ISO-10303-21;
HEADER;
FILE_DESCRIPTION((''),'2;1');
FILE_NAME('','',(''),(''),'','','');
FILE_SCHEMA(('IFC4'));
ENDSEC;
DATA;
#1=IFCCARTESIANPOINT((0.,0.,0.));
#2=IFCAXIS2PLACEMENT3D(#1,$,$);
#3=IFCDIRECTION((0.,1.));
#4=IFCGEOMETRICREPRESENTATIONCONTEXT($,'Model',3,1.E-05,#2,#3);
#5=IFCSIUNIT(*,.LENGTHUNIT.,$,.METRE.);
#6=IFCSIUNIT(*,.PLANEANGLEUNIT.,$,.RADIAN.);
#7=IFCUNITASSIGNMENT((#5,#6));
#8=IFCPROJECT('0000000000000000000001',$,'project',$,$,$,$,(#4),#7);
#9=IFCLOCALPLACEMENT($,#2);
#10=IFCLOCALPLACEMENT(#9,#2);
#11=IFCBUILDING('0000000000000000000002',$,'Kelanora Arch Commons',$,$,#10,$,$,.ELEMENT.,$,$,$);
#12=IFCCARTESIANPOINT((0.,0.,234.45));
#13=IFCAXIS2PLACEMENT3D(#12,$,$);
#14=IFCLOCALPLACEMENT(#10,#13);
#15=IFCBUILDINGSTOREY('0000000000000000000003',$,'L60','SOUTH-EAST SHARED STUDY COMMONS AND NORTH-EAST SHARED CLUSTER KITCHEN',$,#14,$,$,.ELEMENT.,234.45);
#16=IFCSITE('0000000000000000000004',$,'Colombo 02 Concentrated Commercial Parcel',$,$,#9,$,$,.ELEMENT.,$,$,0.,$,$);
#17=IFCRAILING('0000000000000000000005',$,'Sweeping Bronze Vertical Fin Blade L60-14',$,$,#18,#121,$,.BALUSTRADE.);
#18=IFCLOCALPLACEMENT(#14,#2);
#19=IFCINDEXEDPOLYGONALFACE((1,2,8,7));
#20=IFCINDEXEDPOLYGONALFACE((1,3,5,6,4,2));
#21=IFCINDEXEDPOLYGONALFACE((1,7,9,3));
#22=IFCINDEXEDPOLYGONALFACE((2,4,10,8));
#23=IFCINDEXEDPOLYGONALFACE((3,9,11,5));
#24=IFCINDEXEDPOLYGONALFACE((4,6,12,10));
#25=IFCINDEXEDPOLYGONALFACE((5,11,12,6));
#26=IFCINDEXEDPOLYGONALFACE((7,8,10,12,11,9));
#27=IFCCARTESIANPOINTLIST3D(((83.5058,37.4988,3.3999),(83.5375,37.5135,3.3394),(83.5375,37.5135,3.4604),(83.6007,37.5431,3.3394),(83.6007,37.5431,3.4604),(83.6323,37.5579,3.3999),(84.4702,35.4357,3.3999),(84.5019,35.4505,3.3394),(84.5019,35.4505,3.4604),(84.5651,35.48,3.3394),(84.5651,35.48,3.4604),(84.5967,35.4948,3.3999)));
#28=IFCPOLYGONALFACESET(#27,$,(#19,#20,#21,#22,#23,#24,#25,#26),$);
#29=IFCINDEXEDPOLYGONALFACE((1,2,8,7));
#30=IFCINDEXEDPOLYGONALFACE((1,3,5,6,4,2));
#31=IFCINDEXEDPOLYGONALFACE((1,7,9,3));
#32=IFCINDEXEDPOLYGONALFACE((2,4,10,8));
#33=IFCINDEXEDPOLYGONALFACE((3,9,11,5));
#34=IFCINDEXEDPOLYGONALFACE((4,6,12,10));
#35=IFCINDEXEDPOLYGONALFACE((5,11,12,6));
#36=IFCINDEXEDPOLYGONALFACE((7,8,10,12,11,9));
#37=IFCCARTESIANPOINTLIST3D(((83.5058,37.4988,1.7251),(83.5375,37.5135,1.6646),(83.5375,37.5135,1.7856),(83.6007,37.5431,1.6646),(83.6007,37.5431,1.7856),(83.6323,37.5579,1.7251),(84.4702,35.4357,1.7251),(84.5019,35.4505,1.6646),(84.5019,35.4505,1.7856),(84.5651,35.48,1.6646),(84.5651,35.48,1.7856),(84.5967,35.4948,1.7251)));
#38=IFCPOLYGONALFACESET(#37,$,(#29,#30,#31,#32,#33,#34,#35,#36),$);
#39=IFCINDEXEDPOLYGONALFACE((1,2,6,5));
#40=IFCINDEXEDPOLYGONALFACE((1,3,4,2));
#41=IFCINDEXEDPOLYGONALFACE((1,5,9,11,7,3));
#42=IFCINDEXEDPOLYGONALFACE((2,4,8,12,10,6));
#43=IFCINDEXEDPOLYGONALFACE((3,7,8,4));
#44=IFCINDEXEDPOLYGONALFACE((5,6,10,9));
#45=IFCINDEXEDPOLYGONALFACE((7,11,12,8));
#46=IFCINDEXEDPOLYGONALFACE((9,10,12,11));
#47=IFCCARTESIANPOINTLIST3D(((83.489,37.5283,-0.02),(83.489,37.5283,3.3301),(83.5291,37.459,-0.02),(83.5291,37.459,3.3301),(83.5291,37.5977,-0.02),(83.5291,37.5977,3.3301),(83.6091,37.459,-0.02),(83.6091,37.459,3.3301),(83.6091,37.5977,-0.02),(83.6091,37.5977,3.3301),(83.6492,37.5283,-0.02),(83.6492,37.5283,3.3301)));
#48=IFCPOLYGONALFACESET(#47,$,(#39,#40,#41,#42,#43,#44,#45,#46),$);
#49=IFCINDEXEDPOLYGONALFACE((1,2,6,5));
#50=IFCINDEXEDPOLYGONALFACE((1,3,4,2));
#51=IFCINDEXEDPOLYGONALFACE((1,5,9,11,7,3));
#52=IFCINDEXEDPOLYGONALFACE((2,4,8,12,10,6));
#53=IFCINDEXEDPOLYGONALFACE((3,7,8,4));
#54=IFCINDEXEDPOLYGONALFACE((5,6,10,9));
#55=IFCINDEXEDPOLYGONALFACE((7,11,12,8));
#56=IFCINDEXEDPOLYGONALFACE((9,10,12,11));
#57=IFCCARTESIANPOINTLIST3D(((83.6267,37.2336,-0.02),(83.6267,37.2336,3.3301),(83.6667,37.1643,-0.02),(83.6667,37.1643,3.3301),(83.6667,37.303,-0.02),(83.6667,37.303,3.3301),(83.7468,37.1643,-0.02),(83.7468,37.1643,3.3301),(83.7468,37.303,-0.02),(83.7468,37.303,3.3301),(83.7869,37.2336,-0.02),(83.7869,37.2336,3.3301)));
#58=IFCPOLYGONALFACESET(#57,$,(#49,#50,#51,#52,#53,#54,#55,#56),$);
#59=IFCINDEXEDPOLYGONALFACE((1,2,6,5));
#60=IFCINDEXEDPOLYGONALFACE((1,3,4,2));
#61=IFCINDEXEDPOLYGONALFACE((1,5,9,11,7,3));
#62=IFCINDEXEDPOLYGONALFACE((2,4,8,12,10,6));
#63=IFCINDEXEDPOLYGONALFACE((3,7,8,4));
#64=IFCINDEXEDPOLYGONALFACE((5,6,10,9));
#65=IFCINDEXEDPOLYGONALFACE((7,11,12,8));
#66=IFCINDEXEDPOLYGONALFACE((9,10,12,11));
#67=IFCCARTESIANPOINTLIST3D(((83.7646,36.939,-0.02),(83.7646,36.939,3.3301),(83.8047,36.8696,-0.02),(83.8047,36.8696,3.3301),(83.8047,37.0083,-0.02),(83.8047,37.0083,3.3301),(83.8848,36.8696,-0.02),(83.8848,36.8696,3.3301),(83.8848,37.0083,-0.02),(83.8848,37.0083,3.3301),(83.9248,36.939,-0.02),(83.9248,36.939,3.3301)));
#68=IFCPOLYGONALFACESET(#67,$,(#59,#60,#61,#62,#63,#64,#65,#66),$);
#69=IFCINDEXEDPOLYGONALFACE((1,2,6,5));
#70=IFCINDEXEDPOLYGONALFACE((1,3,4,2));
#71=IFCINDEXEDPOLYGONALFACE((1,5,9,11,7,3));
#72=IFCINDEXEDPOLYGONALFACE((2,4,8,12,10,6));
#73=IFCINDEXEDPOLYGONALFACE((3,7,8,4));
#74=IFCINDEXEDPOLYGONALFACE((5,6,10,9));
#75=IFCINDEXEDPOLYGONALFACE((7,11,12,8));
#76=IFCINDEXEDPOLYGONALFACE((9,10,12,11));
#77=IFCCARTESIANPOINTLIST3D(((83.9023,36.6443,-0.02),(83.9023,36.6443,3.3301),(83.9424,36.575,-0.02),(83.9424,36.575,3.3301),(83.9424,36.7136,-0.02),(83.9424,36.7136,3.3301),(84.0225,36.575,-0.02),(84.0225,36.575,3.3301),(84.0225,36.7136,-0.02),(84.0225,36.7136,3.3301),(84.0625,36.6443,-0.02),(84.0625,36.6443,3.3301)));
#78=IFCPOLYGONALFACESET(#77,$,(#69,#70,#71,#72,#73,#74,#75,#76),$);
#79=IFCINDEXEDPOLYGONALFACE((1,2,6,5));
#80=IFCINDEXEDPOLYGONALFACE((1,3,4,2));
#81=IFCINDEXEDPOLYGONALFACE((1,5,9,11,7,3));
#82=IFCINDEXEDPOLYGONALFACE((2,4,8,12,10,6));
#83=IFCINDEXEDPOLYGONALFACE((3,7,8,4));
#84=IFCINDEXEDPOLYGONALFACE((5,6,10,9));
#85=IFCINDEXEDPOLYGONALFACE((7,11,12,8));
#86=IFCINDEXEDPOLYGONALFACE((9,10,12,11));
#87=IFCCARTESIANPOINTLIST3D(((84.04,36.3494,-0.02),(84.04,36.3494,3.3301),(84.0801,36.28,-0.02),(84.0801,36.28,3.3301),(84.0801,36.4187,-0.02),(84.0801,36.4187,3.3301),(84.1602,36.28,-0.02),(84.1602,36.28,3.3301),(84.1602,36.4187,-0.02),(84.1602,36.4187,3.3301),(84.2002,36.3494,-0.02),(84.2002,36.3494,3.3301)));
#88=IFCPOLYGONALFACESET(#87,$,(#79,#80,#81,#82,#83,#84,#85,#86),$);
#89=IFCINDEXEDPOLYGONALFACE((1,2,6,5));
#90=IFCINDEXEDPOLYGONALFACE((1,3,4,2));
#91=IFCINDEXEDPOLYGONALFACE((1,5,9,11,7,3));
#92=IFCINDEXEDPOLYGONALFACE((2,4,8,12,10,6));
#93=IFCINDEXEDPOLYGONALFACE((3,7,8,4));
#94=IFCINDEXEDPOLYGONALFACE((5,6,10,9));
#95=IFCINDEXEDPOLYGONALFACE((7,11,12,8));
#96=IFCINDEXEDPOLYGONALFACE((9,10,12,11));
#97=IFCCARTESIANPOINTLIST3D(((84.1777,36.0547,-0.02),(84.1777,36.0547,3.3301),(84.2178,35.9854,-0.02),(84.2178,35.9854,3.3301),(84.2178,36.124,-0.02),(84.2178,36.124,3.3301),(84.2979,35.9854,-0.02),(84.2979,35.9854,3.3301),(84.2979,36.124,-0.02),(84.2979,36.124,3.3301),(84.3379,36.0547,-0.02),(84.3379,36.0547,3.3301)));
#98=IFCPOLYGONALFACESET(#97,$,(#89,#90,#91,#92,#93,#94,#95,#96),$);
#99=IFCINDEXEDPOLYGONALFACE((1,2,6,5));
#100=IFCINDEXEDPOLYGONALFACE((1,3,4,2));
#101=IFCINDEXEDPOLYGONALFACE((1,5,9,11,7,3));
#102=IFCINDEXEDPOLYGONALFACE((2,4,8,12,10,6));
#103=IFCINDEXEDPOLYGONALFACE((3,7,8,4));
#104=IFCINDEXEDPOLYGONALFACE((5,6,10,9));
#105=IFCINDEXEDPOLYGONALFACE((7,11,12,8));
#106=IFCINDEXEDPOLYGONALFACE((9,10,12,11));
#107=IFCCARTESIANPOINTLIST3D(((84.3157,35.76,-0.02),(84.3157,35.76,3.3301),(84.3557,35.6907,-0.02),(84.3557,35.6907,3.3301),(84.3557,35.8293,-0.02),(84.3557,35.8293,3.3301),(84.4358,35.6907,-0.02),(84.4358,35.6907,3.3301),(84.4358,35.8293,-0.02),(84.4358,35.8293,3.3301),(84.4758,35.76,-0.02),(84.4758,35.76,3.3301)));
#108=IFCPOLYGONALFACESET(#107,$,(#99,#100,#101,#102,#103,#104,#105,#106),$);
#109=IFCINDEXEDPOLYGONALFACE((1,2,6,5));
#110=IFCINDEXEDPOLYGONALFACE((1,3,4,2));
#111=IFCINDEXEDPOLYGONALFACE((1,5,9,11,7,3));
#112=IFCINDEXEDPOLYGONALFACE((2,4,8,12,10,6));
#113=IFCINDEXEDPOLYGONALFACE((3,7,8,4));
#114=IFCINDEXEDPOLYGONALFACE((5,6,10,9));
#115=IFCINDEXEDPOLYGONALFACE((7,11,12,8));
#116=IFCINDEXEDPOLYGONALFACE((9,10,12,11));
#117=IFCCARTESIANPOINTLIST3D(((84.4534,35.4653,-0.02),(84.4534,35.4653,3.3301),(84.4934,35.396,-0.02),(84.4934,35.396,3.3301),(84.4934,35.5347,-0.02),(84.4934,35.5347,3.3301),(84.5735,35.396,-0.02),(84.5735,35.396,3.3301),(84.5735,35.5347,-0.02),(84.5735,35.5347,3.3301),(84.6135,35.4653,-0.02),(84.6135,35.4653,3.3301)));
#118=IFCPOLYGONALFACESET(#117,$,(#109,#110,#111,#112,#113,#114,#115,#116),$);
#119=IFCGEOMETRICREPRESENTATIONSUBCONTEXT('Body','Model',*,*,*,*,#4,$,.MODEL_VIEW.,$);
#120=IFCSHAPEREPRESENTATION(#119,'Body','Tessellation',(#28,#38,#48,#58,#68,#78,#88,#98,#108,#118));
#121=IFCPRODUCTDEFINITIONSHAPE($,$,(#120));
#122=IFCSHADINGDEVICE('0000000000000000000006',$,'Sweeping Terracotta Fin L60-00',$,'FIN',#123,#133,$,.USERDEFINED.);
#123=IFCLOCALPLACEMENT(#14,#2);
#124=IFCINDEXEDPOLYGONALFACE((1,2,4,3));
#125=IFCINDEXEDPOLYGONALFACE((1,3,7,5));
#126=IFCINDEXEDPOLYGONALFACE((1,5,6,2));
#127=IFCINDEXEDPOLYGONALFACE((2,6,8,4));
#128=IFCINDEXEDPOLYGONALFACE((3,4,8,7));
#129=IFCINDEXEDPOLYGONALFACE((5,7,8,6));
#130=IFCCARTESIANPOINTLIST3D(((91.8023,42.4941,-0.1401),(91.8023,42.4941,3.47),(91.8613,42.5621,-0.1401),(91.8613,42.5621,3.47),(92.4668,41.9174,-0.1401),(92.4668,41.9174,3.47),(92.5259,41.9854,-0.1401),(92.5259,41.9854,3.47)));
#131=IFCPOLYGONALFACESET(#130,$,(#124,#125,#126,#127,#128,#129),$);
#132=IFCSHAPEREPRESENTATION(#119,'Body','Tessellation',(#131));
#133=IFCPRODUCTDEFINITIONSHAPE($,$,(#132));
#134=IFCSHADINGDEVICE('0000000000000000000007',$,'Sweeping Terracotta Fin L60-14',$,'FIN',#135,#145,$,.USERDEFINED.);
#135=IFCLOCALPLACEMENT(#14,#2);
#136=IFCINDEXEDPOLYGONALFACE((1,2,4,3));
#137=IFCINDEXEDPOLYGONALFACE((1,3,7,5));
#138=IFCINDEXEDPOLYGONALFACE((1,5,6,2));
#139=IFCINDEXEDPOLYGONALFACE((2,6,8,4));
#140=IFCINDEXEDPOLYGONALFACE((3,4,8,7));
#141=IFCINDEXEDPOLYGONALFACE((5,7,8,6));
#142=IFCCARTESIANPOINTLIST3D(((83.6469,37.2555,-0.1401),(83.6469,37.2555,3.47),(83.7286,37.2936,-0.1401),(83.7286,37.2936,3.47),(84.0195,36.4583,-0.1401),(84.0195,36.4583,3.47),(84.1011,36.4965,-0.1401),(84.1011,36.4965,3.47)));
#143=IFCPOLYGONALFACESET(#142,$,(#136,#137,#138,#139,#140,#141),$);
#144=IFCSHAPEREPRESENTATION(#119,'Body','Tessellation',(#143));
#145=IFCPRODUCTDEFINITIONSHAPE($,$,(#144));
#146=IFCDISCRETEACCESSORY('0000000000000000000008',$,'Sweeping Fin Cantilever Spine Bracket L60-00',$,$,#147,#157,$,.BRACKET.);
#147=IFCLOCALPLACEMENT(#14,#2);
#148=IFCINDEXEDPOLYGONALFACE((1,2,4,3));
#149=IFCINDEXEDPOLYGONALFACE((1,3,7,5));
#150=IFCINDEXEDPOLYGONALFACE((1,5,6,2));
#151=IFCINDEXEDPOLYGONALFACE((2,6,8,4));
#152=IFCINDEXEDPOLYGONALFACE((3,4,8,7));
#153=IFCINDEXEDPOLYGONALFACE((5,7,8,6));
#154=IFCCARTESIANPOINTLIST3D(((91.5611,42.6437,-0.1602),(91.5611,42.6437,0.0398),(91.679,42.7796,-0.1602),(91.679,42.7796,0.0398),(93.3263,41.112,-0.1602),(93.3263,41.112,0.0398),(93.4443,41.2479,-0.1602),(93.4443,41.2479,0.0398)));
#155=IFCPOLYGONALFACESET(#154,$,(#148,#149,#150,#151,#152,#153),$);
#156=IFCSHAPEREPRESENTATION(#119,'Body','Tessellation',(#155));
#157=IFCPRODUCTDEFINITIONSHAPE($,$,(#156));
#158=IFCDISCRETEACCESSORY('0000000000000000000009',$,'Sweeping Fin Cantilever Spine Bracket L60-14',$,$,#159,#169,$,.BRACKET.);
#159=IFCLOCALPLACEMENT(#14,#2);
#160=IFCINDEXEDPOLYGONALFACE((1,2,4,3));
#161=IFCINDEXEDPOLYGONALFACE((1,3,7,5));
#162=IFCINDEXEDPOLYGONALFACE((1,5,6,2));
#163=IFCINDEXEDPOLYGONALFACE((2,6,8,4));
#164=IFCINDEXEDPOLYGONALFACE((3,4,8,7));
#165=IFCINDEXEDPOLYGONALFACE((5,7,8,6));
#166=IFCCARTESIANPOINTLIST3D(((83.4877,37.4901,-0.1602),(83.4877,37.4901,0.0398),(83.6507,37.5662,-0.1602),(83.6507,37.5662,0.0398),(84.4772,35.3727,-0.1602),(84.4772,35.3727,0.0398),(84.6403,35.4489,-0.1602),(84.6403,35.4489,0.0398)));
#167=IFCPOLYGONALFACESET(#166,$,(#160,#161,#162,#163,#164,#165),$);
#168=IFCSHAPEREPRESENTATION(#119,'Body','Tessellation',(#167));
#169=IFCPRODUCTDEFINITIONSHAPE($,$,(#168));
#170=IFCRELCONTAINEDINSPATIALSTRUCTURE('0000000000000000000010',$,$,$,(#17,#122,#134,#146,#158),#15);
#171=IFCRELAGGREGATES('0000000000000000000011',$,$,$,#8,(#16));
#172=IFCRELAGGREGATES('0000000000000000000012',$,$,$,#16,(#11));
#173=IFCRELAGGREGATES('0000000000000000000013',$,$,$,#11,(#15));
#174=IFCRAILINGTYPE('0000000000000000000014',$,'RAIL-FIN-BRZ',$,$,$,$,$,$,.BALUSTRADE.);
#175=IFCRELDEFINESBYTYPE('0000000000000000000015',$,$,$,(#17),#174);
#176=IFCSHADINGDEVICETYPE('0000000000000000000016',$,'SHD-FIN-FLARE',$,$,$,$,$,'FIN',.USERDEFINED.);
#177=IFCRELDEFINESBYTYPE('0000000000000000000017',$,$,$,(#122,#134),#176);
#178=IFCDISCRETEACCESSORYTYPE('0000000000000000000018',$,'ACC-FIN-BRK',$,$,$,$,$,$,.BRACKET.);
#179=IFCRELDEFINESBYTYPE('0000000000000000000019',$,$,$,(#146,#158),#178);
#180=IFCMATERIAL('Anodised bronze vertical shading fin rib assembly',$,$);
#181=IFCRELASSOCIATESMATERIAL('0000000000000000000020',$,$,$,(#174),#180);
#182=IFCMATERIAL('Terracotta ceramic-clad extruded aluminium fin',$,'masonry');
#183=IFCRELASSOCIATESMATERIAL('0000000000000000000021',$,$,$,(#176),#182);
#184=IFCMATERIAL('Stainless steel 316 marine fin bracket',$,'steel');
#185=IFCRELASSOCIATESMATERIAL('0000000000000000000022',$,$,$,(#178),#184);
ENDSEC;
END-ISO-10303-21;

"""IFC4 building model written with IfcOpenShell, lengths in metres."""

from ifc_helpers import new_model, si_unit, direction, frame, origin, origin_2d, place, context, subcontext, project, spatial, polyline, rectangle, outline, extrude, source, transform, mapped, material, type_object, element, save


model = new_model("IFC4")

# Units and contexts
model_context = context("Model", 3, precision=1e-05, world=origin(), true_north=direction((0.0, 1.0)))
body_context = subcontext(model_context, "Body", "Model", "MODEL_VIEW")
ifc_project = project(units=[si_unit("LENGTHUNIT", "METRE"), si_unit("PLANEANGLEUNIT", "RADIAN")], contexts=[model_context])

# Site, building, storey
site_placement = place(None, origin())
site = spatial("IfcSite", under=ifc_project, at=site_placement, Name="Colombo 02 Concentrated Commercial Parcel", CompositionType="ELEMENT", RefElevation=0.0)
building_placement = place(site_placement, origin())
building = spatial("IfcBuilding", under=site, at=building_placement, Name="Kelanora Arch Commons", CompositionType="ELEMENT")
storey_placement = place(building_placement, frame((0.0, 0.0, 234.45)))
storey = spatial("IfcBuildingStorey", under=building, at=storey_placement, Name="L60", Description="SOUTH-EAST SHARED STUDY COMMONS AND NORTH-EAST SHARED CLUSTER KITCHEN", CompositionType="ELEMENT", Elevation=234.45)

# Railing
ifc_material_1 = material(Name="Anodised bronze vertical shading fin rib assembly")
railing_type = type_object("IfcRailingType", Name="RAIL-FIN-BRZ", PredefinedType="BALUSTRADE", material=ifc_material_1)
railing_1_placement = place(storey_placement, frame((83.5691, 37.5283, -0.02)))
element("IfcRailing", 1, at=railing_1_placement, inside=storey, type_object=railing_type, Name="Sweeping Bronze Vertical Fin Blade L60-14", PredefinedType="BALUSTRADE", context=body_context, shape_type="SweptSolid", body=[
    extrude(outline(polyline([(0.0698, 0.0), (0.0349, 0.0605), (-0.0349, 0.0605), (-0.0698, 0.0), (-0.0349, -0.0605), (0.0349, -0.0605), (0.0698, 0.0)])), frame((0.0, 0.0, 3.4199), z_axis=(0.423472, -0.905909, 0.0), x_axis=(0.905909, 0.423472, 0.0)), (0.0, 0.0, 1.0), 2.2773),
    extrude(outline(polyline([(0.0698, 0.0), (0.0349, 0.0605), (-0.0349, 0.0605), (-0.0698, 0.0), (-0.0349, -0.0605), (0.0349, -0.0605), (0.0698, 0.0)])), frame((0.0, 0.0, 1.7451), z_axis=(0.423472, -0.905909, 0.0), x_axis=(0.905909, 0.423472, 0.0)), (0.0, 0.0, 1.0), 2.2773),
    extrude(outline(polyline([(0.0801, 0.0), (0.04, 0.0693), (-0.04, 0.0693), (-0.0801, 0.0), (-0.04, -0.0693), (0.04, -0.0693), (0.0801, 0.0)])), origin(), (0.0, 0.0, 1.0), 3.3501),
    extrude(outline(polyline([(0.0801, 0.0), (0.04, 0.0693), (-0.04, 0.0693), (-0.0801, 0.0), (-0.04, -0.0693), (0.04, -0.0693), (0.0801, 0.0)])), frame((0.1377, -0.2947, 0.0)), (0.0, 0.0, 1.0), 3.3501),
    extrude(outline(polyline([(0.0801, 0.0), (0.04, 0.0693), (-0.04, 0.0693), (-0.0801, 0.0), (-0.04, -0.0693), (0.04, -0.0693), (0.0801, 0.0)])), frame((0.2756, -0.5894, 0.0)), (0.0, 0.0, 1.0), 3.3501),
    extrude(outline(polyline([(0.0801, 0.0), (0.04, 0.0693), (-0.04, 0.0693), (-0.0801, 0.0), (-0.04, -0.0693), (0.04, -0.0693), (0.0801, 0.0)])), frame((0.4133, -0.884, 0.0)), (0.0, 0.0, 1.0), 3.3501),
    extrude(outline(polyline([(0.0801, 0.0), (0.04, 0.0693), (-0.04, 0.0693), (-0.0801, 0.0), (-0.04, -0.0693), (0.04, -0.0693), (0.0801, 0.0)])), frame((0.551, -1.179, 0.0)), (0.0, 0.0, 1.0), 3.3501),
    extrude(outline(polyline([(0.0801, 0.0), (0.04, 0.0693), (-0.04, 0.0693), (-0.0801, 0.0), (-0.04, -0.0693), (0.04, -0.0693), (0.0801, 0.0)])), frame((0.6887, -1.4736, 0.0)), (0.0, 0.0, 1.0), 3.3501),
    extrude(outline(polyline([(0.0801, 0.0), (0.04, 0.0693), (-0.04, 0.0693), (-0.0801, 0.0), (-0.04, -0.0693), (0.04, -0.0693), (0.0801, 0.0)])), frame((0.8267, -1.7683, 0.0)), (0.0, 0.0, 1.0), 3.3501),
    extrude(outline(polyline([(0.0801, 0.0), (0.04, 0.0693), (-0.04, 0.0693), (-0.0801, 0.0), (-0.04, -0.0693), (0.04, -0.0693), (0.0801, 0.0)])), frame((0.9644, -2.063, 0.0)), (0.0, 0.0, 1.0), 3.3501),
])

# Shading devices
ifc_material_2 = material(Name="Terracotta ceramic-clad extruded aluminium fin", Category="masonry")
shading_device_type = type_object("IfcShadingDeviceType", Name="SHD-FIN-FLARE", ElementType="FIN", PredefinedType="USERDEFINED", material=ifc_material_2)
shared_shape_1 = source(origin(), body_context, "Body", "SweptSolid", [
    extrude(rectangle(XDim=0.8799, YDim=0.0901, at=origin_2d()), origin(), (0.0, 0.0, 1.0), 3.6101),
])
for number, where, z_axis, x_axis, name in (
    (2, (92.1641, 42.2397, -0.1401), (0.0, 0.0, 1.0), (0.755282, -0.6554, 0.0), "Sweeping Terracotta Fin L60-00"),
    (3, (83.874, 36.876, -0.1401), (0.0, 0.0, 1.0), (0.423409, -0.905939, 0.0), "Sweeping Terracotta Fin L60-14"),
):
    element("IfcShadingDevice", number, at=place(storey_placement, frame(where, z_axis=z_axis, x_axis=x_axis)), inside=storey, type_object=shading_device_type, Name=name, ObjectType="FIN", PredefinedType="USERDEFINED", context=body_context, shape_type="MappedRepresentation", body=[
        mapped(shared_shape_1, transform((0.0, 0.0, 0.0), scale=1.0)),
    ])

# Discrete accessories
ifc_material_3 = material(Name="Stainless steel 316 marine fin bracket", Category="steel")
discrete_accessory_type = type_object("IfcDiscreteAccessoryType", Name="ACC-FIN-BRK", PredefinedType="BRACKET", material=ifc_material_3)
shared_shape_2 = source(origin(), body_context, "Body", "SweptSolid", [
    extrude(rectangle(XDim=2.3372, YDim=0.1799, at=origin_2d()), origin(), (0.0, 0.0, 1.0), 0.2),
])
for number, where, z_axis, x_axis, name in (
    (4, (92.5027, 41.9458, -0.1602), (0.0, 0.0, 1.0), (0.755282, -0.6554, 0.0), "Sweeping Fin Cantilever Spine Bracket L60-00"),
    (5, (84.064, 36.4695, -0.1602), (0.0, 0.0, 1.0), (0.423409, -0.905939, 0.0), "Sweeping Fin Cantilever Spine Bracket L60-14"),
):
    element("IfcDiscreteAccessory", number, at=place(storey_placement, frame(where, z_axis=z_axis, x_axis=x_axis)), inside=storey, type_object=discrete_accessory_type, Name=name, PredefinedType="BRACKET", context=body_context, shape_type="MappedRepresentation", body=[
        mapped(shared_shape_2, transform((0.0, 0.0, 0.0), scale=1.0)),
    ])

save(model, "model.ifc")
